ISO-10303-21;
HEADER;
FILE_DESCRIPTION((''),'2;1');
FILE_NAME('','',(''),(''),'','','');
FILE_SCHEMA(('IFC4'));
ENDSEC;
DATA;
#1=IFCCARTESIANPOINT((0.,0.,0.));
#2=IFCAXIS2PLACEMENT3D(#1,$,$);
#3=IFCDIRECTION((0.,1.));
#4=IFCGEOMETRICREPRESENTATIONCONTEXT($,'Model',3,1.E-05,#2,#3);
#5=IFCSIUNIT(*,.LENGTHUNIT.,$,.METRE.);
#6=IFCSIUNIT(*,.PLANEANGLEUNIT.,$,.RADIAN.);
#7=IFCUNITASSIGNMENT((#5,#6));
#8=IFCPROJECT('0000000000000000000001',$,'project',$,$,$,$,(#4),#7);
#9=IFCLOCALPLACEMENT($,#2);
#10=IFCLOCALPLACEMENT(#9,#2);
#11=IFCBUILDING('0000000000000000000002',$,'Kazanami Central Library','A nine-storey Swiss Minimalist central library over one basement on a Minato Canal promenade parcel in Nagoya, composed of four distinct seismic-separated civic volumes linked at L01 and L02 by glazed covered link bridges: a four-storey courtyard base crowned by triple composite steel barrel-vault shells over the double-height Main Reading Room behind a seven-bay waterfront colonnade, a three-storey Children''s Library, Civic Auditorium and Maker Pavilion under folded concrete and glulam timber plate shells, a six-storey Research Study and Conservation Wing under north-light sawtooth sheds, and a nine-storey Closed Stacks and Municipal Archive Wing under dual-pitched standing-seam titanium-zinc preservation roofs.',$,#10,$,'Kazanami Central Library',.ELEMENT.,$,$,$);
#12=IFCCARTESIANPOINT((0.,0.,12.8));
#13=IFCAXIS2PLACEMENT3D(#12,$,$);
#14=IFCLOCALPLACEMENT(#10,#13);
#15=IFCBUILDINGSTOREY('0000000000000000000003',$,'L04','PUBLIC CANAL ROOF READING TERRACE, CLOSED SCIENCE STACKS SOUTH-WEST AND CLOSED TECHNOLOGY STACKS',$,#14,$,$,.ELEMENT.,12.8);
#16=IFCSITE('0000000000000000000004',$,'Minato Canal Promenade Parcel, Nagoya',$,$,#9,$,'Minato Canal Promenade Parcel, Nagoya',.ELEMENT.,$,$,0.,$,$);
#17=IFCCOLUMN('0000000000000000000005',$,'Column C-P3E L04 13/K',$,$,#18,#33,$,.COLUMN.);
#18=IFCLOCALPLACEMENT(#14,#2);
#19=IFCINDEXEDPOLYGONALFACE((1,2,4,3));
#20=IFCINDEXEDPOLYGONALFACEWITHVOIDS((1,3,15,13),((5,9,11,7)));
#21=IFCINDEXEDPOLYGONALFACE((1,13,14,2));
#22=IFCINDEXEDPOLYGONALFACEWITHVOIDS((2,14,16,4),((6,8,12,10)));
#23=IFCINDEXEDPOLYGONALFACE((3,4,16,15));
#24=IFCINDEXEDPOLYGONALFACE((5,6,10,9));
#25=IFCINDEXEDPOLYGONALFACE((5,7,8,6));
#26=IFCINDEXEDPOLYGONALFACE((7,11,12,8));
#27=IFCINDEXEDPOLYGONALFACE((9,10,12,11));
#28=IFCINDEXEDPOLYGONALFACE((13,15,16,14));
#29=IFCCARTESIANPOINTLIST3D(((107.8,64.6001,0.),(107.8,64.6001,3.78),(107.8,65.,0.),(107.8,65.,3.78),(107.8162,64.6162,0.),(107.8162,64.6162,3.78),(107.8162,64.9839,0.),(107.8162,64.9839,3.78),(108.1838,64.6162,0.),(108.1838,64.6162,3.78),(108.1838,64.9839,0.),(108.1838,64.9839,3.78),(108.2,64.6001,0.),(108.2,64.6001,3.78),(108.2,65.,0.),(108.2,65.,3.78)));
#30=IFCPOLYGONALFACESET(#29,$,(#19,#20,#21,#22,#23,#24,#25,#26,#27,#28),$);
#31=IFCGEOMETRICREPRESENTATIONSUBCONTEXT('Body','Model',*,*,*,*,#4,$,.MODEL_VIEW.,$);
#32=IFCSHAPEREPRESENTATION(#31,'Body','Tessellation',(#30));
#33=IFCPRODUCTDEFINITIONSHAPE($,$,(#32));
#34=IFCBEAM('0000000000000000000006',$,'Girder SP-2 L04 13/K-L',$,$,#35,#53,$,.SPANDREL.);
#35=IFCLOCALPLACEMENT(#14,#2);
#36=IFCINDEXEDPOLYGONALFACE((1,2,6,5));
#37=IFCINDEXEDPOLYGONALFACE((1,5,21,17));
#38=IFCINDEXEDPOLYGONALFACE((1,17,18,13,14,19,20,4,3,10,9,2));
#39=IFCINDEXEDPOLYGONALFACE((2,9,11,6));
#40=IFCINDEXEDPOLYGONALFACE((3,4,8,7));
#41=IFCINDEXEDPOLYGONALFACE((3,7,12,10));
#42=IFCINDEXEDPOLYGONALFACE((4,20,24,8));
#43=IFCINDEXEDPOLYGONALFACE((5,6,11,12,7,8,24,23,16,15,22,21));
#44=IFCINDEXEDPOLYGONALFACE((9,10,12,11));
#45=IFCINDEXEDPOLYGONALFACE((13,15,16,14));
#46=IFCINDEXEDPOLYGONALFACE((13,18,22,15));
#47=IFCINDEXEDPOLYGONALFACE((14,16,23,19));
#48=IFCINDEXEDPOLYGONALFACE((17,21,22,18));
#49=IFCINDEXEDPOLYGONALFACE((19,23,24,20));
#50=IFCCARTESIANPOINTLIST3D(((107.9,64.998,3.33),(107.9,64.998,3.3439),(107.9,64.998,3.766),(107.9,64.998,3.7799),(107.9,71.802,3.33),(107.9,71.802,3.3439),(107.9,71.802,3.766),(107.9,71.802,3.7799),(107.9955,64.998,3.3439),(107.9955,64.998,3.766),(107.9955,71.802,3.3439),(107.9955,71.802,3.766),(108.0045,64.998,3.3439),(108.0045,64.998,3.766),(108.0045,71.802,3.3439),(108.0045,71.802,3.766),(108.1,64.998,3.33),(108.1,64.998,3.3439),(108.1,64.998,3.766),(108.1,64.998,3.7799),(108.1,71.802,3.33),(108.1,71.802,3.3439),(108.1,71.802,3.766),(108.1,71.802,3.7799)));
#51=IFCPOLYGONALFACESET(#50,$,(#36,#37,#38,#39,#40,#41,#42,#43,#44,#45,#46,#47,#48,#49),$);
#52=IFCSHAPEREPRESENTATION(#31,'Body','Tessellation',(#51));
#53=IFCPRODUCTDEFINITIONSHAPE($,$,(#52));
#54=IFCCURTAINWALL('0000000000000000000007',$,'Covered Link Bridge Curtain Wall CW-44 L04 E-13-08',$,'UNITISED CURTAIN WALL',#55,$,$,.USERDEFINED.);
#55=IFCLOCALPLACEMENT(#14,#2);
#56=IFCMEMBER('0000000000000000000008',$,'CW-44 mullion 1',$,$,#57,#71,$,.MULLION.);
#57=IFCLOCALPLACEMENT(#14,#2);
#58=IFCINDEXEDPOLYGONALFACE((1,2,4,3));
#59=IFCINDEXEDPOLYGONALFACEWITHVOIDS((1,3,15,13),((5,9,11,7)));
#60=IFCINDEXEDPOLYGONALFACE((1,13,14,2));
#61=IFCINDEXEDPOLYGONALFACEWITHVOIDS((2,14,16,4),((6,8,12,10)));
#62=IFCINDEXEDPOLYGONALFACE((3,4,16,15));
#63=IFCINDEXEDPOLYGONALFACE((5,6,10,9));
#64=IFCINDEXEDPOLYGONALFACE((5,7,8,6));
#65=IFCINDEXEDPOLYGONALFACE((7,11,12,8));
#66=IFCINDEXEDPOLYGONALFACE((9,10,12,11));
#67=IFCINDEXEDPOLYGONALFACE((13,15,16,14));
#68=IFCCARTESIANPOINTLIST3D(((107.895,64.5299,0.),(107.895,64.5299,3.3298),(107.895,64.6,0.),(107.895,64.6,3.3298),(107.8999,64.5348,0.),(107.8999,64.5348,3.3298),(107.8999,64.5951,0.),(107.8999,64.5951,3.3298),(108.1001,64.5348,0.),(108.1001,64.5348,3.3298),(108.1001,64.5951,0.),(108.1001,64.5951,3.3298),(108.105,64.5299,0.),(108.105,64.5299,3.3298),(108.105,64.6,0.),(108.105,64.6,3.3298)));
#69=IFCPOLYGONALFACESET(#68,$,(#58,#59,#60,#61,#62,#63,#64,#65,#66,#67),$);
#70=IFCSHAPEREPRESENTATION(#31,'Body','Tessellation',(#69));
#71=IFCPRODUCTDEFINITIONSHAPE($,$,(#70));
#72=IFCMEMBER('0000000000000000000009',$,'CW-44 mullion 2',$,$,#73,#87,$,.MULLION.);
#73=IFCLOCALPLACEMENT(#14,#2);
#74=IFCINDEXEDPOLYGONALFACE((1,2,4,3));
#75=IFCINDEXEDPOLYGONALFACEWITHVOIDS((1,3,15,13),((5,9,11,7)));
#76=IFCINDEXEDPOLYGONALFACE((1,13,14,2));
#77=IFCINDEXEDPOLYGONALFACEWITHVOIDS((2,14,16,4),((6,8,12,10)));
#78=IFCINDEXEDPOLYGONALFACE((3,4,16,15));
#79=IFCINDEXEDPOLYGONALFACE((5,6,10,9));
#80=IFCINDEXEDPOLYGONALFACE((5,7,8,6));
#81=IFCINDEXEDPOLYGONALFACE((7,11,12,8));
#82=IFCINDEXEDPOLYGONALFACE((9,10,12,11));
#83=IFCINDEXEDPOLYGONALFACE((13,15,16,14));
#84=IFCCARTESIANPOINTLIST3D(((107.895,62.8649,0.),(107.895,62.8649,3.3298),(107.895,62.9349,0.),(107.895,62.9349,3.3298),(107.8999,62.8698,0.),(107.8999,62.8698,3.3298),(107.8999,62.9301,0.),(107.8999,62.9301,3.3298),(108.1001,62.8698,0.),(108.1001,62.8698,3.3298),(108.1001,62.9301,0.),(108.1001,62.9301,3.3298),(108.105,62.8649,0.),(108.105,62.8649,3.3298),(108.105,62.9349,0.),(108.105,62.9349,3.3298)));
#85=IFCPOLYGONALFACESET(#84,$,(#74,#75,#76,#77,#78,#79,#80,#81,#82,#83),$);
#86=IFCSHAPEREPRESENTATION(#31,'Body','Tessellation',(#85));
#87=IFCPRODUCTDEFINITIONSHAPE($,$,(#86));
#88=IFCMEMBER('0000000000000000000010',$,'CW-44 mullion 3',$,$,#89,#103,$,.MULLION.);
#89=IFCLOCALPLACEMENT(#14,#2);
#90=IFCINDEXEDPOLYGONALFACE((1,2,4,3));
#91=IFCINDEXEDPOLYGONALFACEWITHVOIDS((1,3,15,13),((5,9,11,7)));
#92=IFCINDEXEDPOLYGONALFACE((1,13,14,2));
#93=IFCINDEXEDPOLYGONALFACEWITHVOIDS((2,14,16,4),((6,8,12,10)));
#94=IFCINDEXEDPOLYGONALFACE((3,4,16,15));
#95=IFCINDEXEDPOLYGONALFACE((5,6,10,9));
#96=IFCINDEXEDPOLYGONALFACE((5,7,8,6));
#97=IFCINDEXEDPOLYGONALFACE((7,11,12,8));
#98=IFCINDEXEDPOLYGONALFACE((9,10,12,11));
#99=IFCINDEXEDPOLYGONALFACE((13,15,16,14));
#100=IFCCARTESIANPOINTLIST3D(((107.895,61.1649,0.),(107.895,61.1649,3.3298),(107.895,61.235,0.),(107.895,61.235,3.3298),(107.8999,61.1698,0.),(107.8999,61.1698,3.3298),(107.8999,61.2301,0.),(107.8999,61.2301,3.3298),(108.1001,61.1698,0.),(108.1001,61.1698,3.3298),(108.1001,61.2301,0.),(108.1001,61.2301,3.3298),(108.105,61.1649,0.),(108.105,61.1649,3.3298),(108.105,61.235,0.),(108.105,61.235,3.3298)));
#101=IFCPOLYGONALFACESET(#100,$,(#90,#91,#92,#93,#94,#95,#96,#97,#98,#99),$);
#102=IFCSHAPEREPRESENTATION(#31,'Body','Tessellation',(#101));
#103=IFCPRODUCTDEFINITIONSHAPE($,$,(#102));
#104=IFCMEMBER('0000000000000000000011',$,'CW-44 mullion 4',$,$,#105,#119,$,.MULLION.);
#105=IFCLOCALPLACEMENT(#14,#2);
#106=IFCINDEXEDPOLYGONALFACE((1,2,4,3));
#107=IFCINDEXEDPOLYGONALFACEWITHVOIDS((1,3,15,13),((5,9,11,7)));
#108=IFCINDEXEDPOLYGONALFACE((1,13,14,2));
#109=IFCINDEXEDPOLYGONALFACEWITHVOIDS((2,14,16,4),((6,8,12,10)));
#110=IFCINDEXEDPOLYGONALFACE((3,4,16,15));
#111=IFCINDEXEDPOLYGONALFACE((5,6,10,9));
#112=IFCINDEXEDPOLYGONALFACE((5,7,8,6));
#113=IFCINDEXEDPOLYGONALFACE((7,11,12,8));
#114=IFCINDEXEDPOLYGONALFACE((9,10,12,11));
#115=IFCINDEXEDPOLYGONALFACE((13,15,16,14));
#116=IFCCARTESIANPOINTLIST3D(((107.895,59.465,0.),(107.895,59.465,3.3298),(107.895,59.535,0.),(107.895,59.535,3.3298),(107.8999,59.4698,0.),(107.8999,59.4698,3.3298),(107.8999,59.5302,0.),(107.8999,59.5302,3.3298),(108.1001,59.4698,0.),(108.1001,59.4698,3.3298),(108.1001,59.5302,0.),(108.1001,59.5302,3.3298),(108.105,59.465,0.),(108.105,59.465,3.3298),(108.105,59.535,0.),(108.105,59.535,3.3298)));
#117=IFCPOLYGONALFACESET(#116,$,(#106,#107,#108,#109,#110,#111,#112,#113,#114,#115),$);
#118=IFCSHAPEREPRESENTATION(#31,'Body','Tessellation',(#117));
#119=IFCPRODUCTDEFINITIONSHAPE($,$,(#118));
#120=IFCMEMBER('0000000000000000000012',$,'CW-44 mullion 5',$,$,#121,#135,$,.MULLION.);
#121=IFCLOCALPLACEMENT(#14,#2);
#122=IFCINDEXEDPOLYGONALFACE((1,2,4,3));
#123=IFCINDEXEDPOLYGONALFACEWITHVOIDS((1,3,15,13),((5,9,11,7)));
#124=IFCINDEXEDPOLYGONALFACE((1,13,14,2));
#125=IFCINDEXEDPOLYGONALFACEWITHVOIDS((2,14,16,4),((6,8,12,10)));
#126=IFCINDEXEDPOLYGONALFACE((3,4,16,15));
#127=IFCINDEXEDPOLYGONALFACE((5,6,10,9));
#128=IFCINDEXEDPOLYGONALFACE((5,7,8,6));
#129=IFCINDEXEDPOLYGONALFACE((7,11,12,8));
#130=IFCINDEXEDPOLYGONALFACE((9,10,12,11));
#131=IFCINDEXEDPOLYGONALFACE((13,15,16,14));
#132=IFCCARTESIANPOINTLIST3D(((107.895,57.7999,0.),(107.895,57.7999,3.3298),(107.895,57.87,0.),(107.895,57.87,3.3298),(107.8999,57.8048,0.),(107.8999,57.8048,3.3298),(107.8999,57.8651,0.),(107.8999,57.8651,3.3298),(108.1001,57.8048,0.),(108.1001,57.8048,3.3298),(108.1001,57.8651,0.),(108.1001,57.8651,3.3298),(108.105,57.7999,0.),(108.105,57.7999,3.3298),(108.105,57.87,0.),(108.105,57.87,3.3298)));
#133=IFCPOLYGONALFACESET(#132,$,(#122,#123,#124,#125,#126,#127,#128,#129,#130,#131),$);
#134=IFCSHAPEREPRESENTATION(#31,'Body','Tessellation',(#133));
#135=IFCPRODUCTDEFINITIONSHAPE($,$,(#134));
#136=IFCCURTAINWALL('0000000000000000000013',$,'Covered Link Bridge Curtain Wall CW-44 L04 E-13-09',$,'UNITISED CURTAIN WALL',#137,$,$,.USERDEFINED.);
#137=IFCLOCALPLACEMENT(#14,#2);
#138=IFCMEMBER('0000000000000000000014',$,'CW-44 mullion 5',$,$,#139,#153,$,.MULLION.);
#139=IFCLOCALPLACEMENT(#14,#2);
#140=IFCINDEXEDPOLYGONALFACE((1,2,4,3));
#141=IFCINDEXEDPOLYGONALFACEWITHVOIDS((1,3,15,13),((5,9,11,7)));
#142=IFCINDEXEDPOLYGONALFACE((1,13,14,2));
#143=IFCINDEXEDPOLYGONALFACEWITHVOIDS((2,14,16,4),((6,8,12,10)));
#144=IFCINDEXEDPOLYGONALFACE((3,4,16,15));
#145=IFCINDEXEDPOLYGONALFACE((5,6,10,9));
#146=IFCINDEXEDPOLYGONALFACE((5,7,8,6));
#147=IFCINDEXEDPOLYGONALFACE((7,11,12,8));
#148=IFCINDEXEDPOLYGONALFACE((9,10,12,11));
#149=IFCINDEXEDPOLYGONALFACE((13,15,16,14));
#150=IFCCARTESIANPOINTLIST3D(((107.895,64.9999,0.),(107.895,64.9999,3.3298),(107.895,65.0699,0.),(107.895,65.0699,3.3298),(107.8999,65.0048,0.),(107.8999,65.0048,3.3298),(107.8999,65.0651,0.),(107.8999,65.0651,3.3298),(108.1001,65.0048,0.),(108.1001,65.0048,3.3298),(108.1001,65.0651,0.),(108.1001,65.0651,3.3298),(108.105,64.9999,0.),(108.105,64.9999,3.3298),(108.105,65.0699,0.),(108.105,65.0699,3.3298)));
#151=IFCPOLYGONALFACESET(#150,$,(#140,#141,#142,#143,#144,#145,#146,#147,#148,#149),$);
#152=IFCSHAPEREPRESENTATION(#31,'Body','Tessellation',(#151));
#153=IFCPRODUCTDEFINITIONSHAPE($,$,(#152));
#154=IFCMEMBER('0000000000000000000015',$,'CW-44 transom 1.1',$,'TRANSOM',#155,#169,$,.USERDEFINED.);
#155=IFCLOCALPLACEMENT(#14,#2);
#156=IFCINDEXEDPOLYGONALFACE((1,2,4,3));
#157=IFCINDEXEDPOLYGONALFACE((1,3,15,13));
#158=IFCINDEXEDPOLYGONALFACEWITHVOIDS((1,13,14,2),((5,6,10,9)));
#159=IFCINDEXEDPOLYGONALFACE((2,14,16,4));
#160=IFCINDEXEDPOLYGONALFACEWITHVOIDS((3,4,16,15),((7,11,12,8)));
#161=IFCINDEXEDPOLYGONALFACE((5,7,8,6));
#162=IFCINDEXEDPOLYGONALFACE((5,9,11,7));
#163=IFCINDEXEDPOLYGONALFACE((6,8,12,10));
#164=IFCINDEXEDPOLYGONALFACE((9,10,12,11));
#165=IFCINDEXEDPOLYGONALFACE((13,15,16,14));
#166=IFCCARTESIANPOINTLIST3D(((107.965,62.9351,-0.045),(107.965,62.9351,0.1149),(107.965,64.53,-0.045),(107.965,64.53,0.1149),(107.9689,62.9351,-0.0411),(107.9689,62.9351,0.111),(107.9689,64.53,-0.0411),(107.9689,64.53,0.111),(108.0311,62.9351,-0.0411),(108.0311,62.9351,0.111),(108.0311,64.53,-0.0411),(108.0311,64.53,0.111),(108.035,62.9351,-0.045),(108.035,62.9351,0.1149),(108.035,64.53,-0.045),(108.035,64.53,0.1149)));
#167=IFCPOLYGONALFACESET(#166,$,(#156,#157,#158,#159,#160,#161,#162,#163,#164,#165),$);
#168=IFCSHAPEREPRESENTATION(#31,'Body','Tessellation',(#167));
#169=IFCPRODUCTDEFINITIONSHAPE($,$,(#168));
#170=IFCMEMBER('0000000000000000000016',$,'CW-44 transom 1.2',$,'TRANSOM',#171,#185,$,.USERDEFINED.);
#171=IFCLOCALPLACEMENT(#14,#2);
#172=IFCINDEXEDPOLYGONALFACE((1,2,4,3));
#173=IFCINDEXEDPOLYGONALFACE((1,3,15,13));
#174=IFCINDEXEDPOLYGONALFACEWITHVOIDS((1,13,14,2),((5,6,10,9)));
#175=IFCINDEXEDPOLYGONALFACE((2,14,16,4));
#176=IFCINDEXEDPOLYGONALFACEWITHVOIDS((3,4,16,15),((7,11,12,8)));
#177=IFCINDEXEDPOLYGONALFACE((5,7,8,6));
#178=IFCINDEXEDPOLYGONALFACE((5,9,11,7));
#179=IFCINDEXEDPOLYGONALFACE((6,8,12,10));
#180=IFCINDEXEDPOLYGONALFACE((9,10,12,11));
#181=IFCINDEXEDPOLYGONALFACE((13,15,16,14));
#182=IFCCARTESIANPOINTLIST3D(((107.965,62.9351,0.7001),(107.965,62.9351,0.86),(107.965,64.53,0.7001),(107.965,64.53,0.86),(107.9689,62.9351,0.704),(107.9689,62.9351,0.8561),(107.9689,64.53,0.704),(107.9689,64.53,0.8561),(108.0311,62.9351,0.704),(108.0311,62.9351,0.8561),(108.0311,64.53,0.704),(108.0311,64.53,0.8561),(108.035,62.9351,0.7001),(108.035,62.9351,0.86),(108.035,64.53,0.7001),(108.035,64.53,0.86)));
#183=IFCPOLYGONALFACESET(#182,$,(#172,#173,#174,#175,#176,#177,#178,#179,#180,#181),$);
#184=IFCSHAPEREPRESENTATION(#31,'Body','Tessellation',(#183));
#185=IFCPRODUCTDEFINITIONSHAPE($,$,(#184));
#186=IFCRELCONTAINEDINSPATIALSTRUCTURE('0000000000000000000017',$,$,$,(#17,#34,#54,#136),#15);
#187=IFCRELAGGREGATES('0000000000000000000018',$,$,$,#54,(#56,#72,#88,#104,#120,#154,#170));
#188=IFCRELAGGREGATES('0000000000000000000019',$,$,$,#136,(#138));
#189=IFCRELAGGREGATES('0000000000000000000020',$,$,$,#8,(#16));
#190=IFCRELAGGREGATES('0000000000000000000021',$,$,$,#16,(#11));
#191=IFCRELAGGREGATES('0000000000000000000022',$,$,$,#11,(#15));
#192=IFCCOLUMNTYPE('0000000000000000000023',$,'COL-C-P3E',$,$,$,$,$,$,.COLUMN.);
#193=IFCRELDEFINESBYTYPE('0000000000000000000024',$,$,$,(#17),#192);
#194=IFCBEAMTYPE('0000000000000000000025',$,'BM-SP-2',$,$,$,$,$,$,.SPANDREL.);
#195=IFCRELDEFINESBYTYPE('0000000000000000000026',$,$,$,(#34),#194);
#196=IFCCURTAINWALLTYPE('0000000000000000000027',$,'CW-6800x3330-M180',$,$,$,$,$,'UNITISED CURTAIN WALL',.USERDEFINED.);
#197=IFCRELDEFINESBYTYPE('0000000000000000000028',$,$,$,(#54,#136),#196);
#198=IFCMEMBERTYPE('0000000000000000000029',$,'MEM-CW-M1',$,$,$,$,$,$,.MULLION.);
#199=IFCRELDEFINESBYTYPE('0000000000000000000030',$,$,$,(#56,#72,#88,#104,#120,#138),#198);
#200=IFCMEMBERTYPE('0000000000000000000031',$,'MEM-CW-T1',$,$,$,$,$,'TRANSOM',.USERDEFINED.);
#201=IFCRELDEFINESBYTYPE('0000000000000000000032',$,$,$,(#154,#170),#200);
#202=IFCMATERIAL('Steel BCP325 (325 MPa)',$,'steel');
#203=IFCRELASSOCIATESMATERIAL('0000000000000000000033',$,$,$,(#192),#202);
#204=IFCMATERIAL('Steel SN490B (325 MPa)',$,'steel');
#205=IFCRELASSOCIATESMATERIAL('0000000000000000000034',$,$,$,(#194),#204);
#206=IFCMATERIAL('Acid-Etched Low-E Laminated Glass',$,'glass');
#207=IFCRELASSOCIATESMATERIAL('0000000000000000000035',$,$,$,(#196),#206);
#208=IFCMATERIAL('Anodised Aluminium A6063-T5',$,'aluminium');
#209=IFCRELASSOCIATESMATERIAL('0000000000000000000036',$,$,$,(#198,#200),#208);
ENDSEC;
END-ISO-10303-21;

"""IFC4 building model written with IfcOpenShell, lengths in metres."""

from ifc_helpers import new_model, si_unit, direction, frame, origin, origin_2d, place, context, subcontext, project, spatial, hollow_rectangle, i_section, extrude, material, material_profile, profile_set, type_object, element, aggregate, save


model = new_model("IFC4")

# Units and contexts
model_context = context("Model", 3, precision=1e-05, world=origin(), true_north=direction((0.0, 1.0)))
body_context = subcontext(model_context, "Body", "Model", "MODEL_VIEW")
ifc_project = project(units=[si_unit("LENGTHUNIT", "METRE"), si_unit("PLANEANGLEUNIT", "RADIAN")], contexts=[model_context])

# Site, building, storey
site_placement = place(None, origin())
site = spatial("IfcSite", under=ifc_project, at=site_placement, Name="Minato Canal Promenade Parcel, Nagoya", LongName="Minato Canal Promenade Parcel, Nagoya", CompositionType="ELEMENT", RefElevation=0.0)
building_placement = place(site_placement, origin())
building = spatial("IfcBuilding", under=site, at=building_placement, Name="Kazanami Central Library", Description="A nine-storey Swiss Minimalist central library over one basement on a Minato Canal promenade parcel in Nagoya, composed of four distinct seismic-separated civic volumes linked at L01 and L02 by glazed covered link bridges: a four-storey courtyard base crowned by triple composite steel barrel-vault shells over the double-height Main Reading Room behind a seven-bay waterfront colonnade, a three-storey Children's Library, Civic Auditorium and Maker Pavilion under folded concrete and glulam timber plate shells, a six-storey Research Study and Conservation Wing under north-light sawtooth sheds, and a nine-storey Closed Stacks and Municipal Archive Wing under dual-pitched standing-seam titanium-zinc preservation roofs.", LongName="Kazanami Central Library", CompositionType="ELEMENT")
storey_placement = place(building_placement, frame((0.0, 0.0, 12.8)))
storey = spatial("IfcBuildingStorey", under=building, at=storey_placement, Name="L04", Description="PUBLIC CANAL ROOF READING TERRACE, CLOSED SCIENCE STACKS SOUTH-WEST AND CLOSED TECHNOLOGY STACKS", CompositionType="ELEMENT", Elevation=12.8)

# Column
ifc_material_1 = material(Name="Steel BCP325 (325 MPa)", Category="steel")
ifc_material_profile_1 = material_profile(ifc_material_1, hollow_rectangle(XDim=0.3999, YDim=0.3999, WallThickness=0.0161, at=origin_2d()), Name="BCP-400x400x16")
ifc_profile_set_1 = profile_set([ifc_material_profile_1], Name="Steel BCP325 (325 MPa)")
column_type = type_object("IfcColumnType", Name="COL-C-P3E", PredefinedType="COLUMN", material=ifc_profile_set_1)
column_placement = place(storey_placement, frame((108.0, 64.8, 0.0), z_axis=(0.0, 0.0, 1.0), x_axis=(1.0, 0.0, 0.0)))
element("IfcColumn", 1, at=column_placement, inside=storey, type_object=column_type, Name="Column C-P3E L04 13/K", PredefinedType="COLUMN", context=body_context, shape_type="SweptSolid", body=[
    extrude(hollow_rectangle(XDim=0.3999, YDim=0.3999, WallThickness=0.0161, at=origin_2d()), origin(), (0.0, 0.0, 1.0), 3.78),
])

# Beam
ifc_material_2 = material(Name="Steel SN490B (325 MPa)", Category="steel")
ifc_material_profile_2 = material_profile(ifc_material_2, i_section(OverallWidth=0.2, OverallDepth=0.45, WebThickness=0.009, FlangeThickness=0.0139, at=origin_2d()), Name="H-450x200x9x14")
ifc_profile_set_2 = profile_set([ifc_material_profile_2], Name="Steel SN490B (325 MPa)")
beam_type = type_object("IfcBeamType", Name="BM-SP-2", PredefinedType="SPANDREL", material=ifc_profile_set_2)
beam_placement = place(storey_placement, frame((108.0, 64.998, 3.5549), z_axis=(0.0, 1.0, 0.0), x_axis=(-1.0, 0.0, 0.0)))
element("IfcBeam", 2, at=beam_placement, inside=storey, type_object=beam_type, Name="Girder SP-2 L04 13/K-L", PredefinedType="SPANDREL", context=body_context, shape_type="SweptSolid", body=[
    extrude(i_section(OverallWidth=0.2, OverallDepth=0.45, WebThickness=0.009, FlangeThickness=0.0139, at=origin_2d()), origin(), (0.0, 0.0, 1.0), 6.804),
])

# Curtain wall, members
ifc_material_3 = material(Name="Acid-Etched Low-E Laminated Glass", Category="glass")
curtain_wall_type = type_object("IfcCurtainWallType", Name="CW-6800x3330-M180", ElementType="UNITISED CURTAIN WALL", PredefinedType="USERDEFINED", material=ifc_material_3)
curtain_wall_1_placement = place(storey_placement, origin())
curtain_wall_1 = element("IfcCurtainWall", 3, at=curtain_wall_1_placement, inside=storey, type_object=curtain_wall_type, Name="Covered Link Bridge Curtain Wall CW-44 L04 E-13-08", ObjectType="UNITISED CURTAIN WALL", PredefinedType="USERDEFINED")
ifc_material_4 = material(Name="Anodised Aluminium A6063-T5", Category="aluminium")
ifc_material_profile_3 = material_profile(ifc_material_4, hollow_rectangle(XDim=0.0701, YDim=0.21, WallThickness=0.0049, at=origin_2d()), Name="ALU-MULL-70x210x5")
ifc_profile_set_3 = profile_set([ifc_material_profile_3], Name="Anodised Aluminium A6063-T5")
member_type_1 = type_object("IfcMemberType", Name="MEM-CW-M1", PredefinedType="MULLION", material=ifc_profile_set_3)
member_1_placement = place(storey_placement, frame((108.0, 64.5649, 0.0), z_axis=(0.0, 0.0, 1.0), x_axis=(0.0, -1.0, 0.0)))
member_1 = element("IfcMember", 4, at=member_1_placement, type_object=member_type_1, Name="CW-44 mullion 1", PredefinedType="MULLION", context=body_context, shape_type="SweptSolid", body=[
    extrude(hollow_rectangle(XDim=0.0701, YDim=0.21, WallThickness=0.0049, at=origin_2d()), origin(), (0.0, 0.0, 1.0), 3.3298),
])
member_2_placement = place(storey_placement, frame((108.0, 62.8999, 0.0), z_axis=(0.0, 0.0, 1.0), x_axis=(0.0, -1.0, 0.0)))
member_2 = element("IfcMember", 5, at=member_2_placement, type_object=member_type_1, Name="CW-44 mullion 2", PredefinedType="MULLION", context=body_context, shape_type="SweptSolid", body=[
    extrude(hollow_rectangle(XDim=0.0701, YDim=0.21, WallThickness=0.0049, at=origin_2d()), origin(), (0.0, 0.0, 1.0), 3.3298),
])
member_3_placement = place(storey_placement, frame((108.0, 61.2, 0.0), z_axis=(0.0, 0.0, 1.0), x_axis=(0.0, -1.0, 0.0)))
member_3 = element("IfcMember", 6, at=member_3_placement, type_object=member_type_1, Name="CW-44 mullion 3", PredefinedType="MULLION", context=body_context, shape_type="SweptSolid", body=[
    extrude(hollow_rectangle(XDim=0.0701, YDim=0.21, WallThickness=0.0049, at=origin_2d()), origin(), (0.0, 0.0, 1.0), 3.3298),
])
member_4_placement = place(storey_placement, frame((108.0, 59.5, 0.0), z_axis=(0.0, 0.0, 1.0), x_axis=(0.0, -1.0, 0.0)))
member_4 = element("IfcMember", 7, at=member_4_placement, type_object=member_type_1, Name="CW-44 mullion 4", PredefinedType="MULLION", context=body_context, shape_type="SweptSolid", body=[
    extrude(hollow_rectangle(XDim=0.0701, YDim=0.21, WallThickness=0.0049, at=origin_2d()), origin(), (0.0, 0.0, 1.0), 3.3298),
])
member_5_placement = place(storey_placement, frame((108.0, 57.835, 0.0), z_axis=(0.0, 0.0, 1.0), x_axis=(0.0, -1.0, 0.0)))
member_5 = element("IfcMember", 8, at=member_5_placement, type_object=member_type_1, Name="CW-44 mullion 5", PredefinedType="MULLION", context=body_context, shape_type="SweptSolid", body=[
    extrude(hollow_rectangle(XDim=0.0701, YDim=0.21, WallThickness=0.0049, at=origin_2d()), origin(), (0.0, 0.0, 1.0), 3.3298),
])

# Curtain wall, member
curtain_wall_2_placement = place(storey_placement, origin())
curtain_wall_2 = element("IfcCurtainWall", 9, at=curtain_wall_2_placement, inside=storey, type_object=curtain_wall_type, Name="Covered Link Bridge Curtain Wall CW-44 L04 E-13-09", ObjectType="UNITISED CURTAIN WALL", PredefinedType="USERDEFINED")
member_6_placement = place(storey_placement, frame((108.0, 65.0349, 0.0), z_axis=(0.0, 0.0, 1.0), x_axis=(0.0, -1.0, 0.0)))
member_6 = element("IfcMember", 10, at=member_6_placement, type_object=member_type_1, Name="CW-44 mullion 5", PredefinedType="MULLION", context=body_context, shape_type="SweptSolid", body=[
    extrude(hollow_rectangle(XDim=0.0701, YDim=0.21, WallThickness=0.0049, at=origin_2d()), origin(), (0.0, 0.0, 1.0), 3.3298),
])

# Members
ifc_material_profile_4 = material_profile(ifc_material_4, hollow_rectangle(XDim=0.0701, YDim=0.1599, WallThickness=0.0039, at=origin_2d()), Name="ALU-TRAN-70x160x4")
ifc_profile_set_4 = profile_set([ifc_material_profile_4], Name="Anodised Aluminium A6063-T5")
member_type_2 = type_object("IfcMemberType", Name="MEM-CW-T1", ElementType="TRANSOM", PredefinedType="USERDEFINED", material=ifc_profile_set_4)
member_7_placement = place(storey_placement, frame((108.0, 64.53, 0.0349), z_axis=(0.0, -1.0, 0.0), x_axis=(1.0, 0.0, 0.0)))
member_7 = element("IfcMember", 11, at=member_7_placement, type_object=member_type_2, Name="CW-44 transom 1.1", ObjectType="TRANSOM", PredefinedType="USERDEFINED", context=body_context, shape_type="SweptSolid", body=[
    extrude(hollow_rectangle(XDim=0.0701, YDim=0.1599, WallThickness=0.0039, at=origin_2d()), origin(), (0.0, 0.0, 1.0), 1.595),
])
member_8_placement = place(storey_placement, frame((108.0, 64.53, 0.78), z_axis=(0.0, -1.0, 0.0), x_axis=(1.0, 0.0, 0.0)))
member_8 = element("IfcMember", 12, at=member_8_placement, type_object=member_type_2, Name="CW-44 transom 1.2", ObjectType="TRANSOM", PredefinedType="USERDEFINED", context=body_context, shape_type="SweptSolid", body=[
    extrude(hollow_rectangle(XDim=0.0701, YDim=0.1599, WallThickness=0.0039, at=origin_2d()), origin(), (0.0, 0.0, 1.0), 1.595),
])

aggregate(curtain_wall_1, [member_1, member_2, member_3, member_4, member_5, member_7, member_8])
aggregate(curtain_wall_2, [member_6])

save(model, "model.ifc")
